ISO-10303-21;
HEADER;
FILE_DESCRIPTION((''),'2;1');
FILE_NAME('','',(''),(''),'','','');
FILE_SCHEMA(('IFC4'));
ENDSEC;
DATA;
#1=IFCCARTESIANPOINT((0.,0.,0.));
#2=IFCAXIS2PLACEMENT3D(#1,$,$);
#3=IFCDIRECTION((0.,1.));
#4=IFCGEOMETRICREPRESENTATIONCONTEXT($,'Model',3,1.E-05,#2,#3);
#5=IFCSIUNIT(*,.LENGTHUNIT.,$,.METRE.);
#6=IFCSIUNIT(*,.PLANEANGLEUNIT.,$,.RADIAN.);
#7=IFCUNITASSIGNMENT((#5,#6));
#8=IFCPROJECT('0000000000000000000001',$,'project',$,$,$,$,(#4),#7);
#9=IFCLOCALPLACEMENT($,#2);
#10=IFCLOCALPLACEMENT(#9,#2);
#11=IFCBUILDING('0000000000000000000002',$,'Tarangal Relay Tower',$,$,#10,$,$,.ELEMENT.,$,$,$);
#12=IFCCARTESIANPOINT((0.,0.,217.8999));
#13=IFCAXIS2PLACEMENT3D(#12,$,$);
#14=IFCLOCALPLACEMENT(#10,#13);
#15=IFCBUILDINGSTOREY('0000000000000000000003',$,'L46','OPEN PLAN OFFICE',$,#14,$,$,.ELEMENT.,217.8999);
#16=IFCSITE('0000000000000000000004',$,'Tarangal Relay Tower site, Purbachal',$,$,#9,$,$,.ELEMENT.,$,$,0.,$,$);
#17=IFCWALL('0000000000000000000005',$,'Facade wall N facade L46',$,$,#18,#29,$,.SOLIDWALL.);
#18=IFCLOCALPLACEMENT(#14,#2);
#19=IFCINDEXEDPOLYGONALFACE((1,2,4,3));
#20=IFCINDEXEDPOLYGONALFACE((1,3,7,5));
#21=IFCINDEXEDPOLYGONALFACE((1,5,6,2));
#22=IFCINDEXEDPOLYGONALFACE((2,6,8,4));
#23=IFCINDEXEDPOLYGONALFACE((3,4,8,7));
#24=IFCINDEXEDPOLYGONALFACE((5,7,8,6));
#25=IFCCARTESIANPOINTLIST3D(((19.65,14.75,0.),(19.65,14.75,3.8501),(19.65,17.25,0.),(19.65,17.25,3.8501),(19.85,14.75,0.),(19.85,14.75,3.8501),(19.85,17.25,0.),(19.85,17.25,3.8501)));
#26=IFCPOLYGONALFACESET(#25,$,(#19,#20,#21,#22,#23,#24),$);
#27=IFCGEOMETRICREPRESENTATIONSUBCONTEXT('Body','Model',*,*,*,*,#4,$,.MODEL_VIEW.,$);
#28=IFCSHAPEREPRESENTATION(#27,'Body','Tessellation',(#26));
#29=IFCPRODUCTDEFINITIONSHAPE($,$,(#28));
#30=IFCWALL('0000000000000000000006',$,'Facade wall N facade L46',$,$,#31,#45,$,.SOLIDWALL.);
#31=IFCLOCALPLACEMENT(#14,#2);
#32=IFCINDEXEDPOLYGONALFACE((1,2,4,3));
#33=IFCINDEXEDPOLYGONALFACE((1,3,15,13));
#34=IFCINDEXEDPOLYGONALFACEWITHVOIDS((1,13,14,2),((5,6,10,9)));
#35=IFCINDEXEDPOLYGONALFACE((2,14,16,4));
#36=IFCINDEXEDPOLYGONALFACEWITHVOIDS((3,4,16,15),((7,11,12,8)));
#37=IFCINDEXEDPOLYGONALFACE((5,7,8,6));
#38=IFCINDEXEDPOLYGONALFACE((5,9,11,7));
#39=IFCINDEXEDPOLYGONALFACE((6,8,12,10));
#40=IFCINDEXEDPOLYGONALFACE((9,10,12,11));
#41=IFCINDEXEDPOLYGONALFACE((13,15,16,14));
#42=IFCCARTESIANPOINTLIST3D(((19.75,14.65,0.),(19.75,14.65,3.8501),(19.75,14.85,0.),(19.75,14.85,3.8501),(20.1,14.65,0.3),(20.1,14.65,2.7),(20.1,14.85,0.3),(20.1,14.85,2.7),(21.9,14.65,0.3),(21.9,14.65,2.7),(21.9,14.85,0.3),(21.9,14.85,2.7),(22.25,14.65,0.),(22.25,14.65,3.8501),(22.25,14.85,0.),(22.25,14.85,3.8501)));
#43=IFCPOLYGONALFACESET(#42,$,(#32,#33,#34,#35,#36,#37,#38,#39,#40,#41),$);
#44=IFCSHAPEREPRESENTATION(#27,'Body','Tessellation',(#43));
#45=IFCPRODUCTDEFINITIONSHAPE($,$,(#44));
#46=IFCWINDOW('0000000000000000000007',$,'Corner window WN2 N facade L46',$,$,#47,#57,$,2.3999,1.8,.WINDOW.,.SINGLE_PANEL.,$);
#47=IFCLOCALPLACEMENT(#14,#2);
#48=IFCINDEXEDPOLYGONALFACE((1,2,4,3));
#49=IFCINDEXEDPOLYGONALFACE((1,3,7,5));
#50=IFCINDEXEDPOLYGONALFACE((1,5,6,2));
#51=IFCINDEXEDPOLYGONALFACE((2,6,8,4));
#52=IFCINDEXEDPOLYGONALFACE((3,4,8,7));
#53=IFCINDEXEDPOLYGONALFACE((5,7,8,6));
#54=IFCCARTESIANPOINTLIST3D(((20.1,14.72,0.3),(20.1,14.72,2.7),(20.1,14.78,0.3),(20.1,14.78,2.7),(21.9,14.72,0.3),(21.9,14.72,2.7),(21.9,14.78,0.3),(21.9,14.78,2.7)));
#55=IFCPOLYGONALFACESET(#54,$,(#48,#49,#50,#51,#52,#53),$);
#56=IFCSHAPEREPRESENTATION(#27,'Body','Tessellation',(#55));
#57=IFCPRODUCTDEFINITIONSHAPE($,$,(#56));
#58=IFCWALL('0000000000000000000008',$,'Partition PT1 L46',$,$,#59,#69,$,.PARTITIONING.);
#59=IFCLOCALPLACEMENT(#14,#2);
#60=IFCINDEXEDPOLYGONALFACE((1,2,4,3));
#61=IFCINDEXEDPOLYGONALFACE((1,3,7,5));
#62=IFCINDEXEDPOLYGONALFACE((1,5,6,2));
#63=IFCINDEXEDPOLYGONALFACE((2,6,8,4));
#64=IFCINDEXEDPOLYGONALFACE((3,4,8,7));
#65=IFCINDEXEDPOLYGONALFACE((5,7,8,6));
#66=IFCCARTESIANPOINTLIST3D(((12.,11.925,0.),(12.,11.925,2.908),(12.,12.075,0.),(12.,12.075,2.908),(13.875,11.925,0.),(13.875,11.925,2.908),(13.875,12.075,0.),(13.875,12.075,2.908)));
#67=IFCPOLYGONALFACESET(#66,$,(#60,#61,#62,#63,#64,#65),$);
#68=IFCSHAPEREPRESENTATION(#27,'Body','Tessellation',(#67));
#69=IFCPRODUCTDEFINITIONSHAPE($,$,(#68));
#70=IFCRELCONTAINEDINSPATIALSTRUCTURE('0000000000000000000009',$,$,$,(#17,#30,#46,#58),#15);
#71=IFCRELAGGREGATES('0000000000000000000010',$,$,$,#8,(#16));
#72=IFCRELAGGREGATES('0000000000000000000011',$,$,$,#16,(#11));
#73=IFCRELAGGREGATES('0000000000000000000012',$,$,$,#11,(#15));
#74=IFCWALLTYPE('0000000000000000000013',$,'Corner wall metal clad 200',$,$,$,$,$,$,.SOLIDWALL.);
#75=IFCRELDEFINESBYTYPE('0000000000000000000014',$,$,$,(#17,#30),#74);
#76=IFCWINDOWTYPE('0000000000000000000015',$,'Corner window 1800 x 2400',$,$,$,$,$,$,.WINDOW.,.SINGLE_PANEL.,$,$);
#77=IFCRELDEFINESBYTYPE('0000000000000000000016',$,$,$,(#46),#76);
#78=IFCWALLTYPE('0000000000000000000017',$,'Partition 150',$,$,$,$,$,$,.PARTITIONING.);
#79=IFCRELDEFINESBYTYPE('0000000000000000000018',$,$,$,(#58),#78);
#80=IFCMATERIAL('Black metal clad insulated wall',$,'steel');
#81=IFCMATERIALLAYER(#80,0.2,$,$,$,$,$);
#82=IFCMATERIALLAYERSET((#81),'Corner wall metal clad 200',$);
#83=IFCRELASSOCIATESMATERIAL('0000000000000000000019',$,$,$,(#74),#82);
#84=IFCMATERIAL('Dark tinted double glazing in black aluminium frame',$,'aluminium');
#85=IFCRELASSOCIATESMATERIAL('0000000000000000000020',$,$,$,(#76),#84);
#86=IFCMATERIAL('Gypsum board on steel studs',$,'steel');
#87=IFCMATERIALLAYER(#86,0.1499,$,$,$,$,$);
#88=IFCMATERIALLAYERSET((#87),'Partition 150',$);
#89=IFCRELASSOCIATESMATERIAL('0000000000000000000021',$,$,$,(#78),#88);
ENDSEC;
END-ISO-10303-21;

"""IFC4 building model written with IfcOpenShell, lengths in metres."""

from ifc_helpers import new_model, si_unit, direction, frame, frame_2d, origin, place, context, subcontext, project, spatial, rectangle, extrude, material, layer, layer_set, type_object, element, fill, save


model = new_model("IFC4")

# Units and contexts
model_context = context("Model", 3, precision=1e-05, world=origin(), true_north=direction((0.0, 1.0)))
body_context = subcontext(model_context, "Body", "Model", "MODEL_VIEW")
ifc_project = project(units=[si_unit("LENGTHUNIT", "METRE"), si_unit("PLANEANGLEUNIT", "RADIAN")], contexts=[model_context])

# Site, building, storey
site_placement = place(None, origin())
site = spatial("IfcSite", under=ifc_project, at=site_placement, Name="Tarangal Relay Tower site, Purbachal", CompositionType="ELEMENT", RefElevation=0.0)
building_placement = place(site_placement, origin())
building = spatial("IfcBuilding", under=site, at=building_placement, Name="Tarangal Relay Tower", CompositionType="ELEMENT")
storey_placement = place(building_placement, frame((0.0, 0.0, 217.8999)))
storey = spatial("IfcBuildingStorey", under=building, at=storey_placement, Name="L46", Description="OPEN PLAN OFFICE", CompositionType="ELEMENT", Elevation=217.8999)

# Shared definitions
ifc_material_1 = material(Name="Black metal clad insulated wall", Category="steel")
ifc_layer_1 = layer(ifc_material_1, 0.2)
ifc_layer_set_1 = layer_set([ifc_layer_1], Name="Corner wall metal clad 200")
wall_type_1 = type_object("IfcWallType", Name="Corner wall metal clad 200", PredefinedType="SOLIDWALL", material=ifc_layer_set_1)

# Shared definitions
ifc_material_2 = material(Name="Dark tinted double glazing in black aluminium frame", Category="aluminium")
window_type = type_object("IfcWindowType", Name="Corner window 1800 x 2400", PartitioningType="SINGLE_PANEL", PredefinedType="WINDOW", material=ifc_material_2)

# Wall
wall_1_placement = place(storey_placement, frame((19.75, 17.25, 0.0), z_axis=(0.0, 0.0, 1.0), x_axis=(0.0, -1.0, 0.0)))
element("IfcWall", 1, at=wall_1_placement, inside=storey, type_object=wall_type_1, Name="Facade wall N facade L46", PredefinedType="SOLIDWALL", context=body_context, shape_type="SweptSolid", body=[
    extrude(rectangle(XDim=2.5, YDim=0.2, at=frame_2d((1.25, 0.0))), origin(), (0.0, 0.0, 1.0), 3.8501),
])

# Wall, opening, window
wall_2_placement = place(storey_placement, frame((19.75, 14.75, 0.0), z_axis=(0.0, 0.0, 1.0), x_axis=(1.0, 0.0, 0.0)))
wall_2 = element("IfcWall", 2, at=wall_2_placement, inside=storey, type_object=wall_type_1, Name="Facade wall N facade L46", PredefinedType="SOLIDWALL", context=body_context, shape_type="SweptSolid", body=[
    extrude(rectangle(XDim=2.5, YDim=0.2, at=frame_2d((1.25, 0.0))), origin(), (0.0, 0.0, 1.0), 3.8501),
])
opening_1_placement = place(wall_2_placement, frame((0.3501, 0.0, 0.3)))
opening_1 = element("IfcOpeningElement", 3, at=opening_1_placement, cuts=wall_2, PredefinedType="OPENING", context=body_context, shape_type="SweptSolid", body=[
    extrude(rectangle(XDim=1.8, YDim=2.3999, at=frame_2d((0.8999, 1.2))), frame((0.0, 0.1099, 0.0), z_axis=(0.0, -1.0, 0.0), x_axis=(1.0, 0.0, 0.0)), (0.0, 0.0, 1.0), 0.22),
])
window_1_placement = place(opening_1_placement, origin())
window_1 = element("IfcWindow", 4, at=window_1_placement, inside=storey, type_object=window_type, Name="Corner window WN2 N facade L46", OverallHeight=2.3999, OverallWidth=1.8, PartitioningType="SINGLE_PANEL", PredefinedType="WINDOW", context=body_context, shape_type="SweptSolid", body=[
    extrude(rectangle(XDim=1.8, YDim=2.3999, at=frame_2d((0.8999, 1.2))), frame((0.0, 0.03, 0.0), z_axis=(0.0, -1.0, 0.0), x_axis=(1.0, 0.0, 0.0)), (0.0, 0.0, 1.0), 0.0601),
])
fill(opening_1, window_1)

# Wall
ifc_material_3 = material(Name="Gypsum board on steel studs", Category="steel")
ifc_layer_2 = layer(ifc_material_3, 0.1499)
ifc_layer_set_2 = layer_set([ifc_layer_2], Name="Partition 150")
wall_type_2 = type_object("IfcWallType", Name="Partition 150", PredefinedType="PARTITIONING", material=ifc_layer_set_2)
wall_3_placement = place(storey_placement, frame((12.0, 12.0, 0.0), z_axis=(0.0, 0.0, 1.0), x_axis=(1.0, 0.0, 0.0)))
element("IfcWall", 5, at=wall_3_placement, inside=storey, type_object=wall_type_2, Name="Partition PT1 L46", PredefinedType="PARTITIONING", context=body_context, shape_type="SweptSolid", body=[
    extrude(rectangle(XDim=1.875, YDim=0.1499, at=frame_2d((0.9375, 0.0))), origin(), (0.0, 0.0, 1.0), 2.908),
])

save(model, "model.ifc")
